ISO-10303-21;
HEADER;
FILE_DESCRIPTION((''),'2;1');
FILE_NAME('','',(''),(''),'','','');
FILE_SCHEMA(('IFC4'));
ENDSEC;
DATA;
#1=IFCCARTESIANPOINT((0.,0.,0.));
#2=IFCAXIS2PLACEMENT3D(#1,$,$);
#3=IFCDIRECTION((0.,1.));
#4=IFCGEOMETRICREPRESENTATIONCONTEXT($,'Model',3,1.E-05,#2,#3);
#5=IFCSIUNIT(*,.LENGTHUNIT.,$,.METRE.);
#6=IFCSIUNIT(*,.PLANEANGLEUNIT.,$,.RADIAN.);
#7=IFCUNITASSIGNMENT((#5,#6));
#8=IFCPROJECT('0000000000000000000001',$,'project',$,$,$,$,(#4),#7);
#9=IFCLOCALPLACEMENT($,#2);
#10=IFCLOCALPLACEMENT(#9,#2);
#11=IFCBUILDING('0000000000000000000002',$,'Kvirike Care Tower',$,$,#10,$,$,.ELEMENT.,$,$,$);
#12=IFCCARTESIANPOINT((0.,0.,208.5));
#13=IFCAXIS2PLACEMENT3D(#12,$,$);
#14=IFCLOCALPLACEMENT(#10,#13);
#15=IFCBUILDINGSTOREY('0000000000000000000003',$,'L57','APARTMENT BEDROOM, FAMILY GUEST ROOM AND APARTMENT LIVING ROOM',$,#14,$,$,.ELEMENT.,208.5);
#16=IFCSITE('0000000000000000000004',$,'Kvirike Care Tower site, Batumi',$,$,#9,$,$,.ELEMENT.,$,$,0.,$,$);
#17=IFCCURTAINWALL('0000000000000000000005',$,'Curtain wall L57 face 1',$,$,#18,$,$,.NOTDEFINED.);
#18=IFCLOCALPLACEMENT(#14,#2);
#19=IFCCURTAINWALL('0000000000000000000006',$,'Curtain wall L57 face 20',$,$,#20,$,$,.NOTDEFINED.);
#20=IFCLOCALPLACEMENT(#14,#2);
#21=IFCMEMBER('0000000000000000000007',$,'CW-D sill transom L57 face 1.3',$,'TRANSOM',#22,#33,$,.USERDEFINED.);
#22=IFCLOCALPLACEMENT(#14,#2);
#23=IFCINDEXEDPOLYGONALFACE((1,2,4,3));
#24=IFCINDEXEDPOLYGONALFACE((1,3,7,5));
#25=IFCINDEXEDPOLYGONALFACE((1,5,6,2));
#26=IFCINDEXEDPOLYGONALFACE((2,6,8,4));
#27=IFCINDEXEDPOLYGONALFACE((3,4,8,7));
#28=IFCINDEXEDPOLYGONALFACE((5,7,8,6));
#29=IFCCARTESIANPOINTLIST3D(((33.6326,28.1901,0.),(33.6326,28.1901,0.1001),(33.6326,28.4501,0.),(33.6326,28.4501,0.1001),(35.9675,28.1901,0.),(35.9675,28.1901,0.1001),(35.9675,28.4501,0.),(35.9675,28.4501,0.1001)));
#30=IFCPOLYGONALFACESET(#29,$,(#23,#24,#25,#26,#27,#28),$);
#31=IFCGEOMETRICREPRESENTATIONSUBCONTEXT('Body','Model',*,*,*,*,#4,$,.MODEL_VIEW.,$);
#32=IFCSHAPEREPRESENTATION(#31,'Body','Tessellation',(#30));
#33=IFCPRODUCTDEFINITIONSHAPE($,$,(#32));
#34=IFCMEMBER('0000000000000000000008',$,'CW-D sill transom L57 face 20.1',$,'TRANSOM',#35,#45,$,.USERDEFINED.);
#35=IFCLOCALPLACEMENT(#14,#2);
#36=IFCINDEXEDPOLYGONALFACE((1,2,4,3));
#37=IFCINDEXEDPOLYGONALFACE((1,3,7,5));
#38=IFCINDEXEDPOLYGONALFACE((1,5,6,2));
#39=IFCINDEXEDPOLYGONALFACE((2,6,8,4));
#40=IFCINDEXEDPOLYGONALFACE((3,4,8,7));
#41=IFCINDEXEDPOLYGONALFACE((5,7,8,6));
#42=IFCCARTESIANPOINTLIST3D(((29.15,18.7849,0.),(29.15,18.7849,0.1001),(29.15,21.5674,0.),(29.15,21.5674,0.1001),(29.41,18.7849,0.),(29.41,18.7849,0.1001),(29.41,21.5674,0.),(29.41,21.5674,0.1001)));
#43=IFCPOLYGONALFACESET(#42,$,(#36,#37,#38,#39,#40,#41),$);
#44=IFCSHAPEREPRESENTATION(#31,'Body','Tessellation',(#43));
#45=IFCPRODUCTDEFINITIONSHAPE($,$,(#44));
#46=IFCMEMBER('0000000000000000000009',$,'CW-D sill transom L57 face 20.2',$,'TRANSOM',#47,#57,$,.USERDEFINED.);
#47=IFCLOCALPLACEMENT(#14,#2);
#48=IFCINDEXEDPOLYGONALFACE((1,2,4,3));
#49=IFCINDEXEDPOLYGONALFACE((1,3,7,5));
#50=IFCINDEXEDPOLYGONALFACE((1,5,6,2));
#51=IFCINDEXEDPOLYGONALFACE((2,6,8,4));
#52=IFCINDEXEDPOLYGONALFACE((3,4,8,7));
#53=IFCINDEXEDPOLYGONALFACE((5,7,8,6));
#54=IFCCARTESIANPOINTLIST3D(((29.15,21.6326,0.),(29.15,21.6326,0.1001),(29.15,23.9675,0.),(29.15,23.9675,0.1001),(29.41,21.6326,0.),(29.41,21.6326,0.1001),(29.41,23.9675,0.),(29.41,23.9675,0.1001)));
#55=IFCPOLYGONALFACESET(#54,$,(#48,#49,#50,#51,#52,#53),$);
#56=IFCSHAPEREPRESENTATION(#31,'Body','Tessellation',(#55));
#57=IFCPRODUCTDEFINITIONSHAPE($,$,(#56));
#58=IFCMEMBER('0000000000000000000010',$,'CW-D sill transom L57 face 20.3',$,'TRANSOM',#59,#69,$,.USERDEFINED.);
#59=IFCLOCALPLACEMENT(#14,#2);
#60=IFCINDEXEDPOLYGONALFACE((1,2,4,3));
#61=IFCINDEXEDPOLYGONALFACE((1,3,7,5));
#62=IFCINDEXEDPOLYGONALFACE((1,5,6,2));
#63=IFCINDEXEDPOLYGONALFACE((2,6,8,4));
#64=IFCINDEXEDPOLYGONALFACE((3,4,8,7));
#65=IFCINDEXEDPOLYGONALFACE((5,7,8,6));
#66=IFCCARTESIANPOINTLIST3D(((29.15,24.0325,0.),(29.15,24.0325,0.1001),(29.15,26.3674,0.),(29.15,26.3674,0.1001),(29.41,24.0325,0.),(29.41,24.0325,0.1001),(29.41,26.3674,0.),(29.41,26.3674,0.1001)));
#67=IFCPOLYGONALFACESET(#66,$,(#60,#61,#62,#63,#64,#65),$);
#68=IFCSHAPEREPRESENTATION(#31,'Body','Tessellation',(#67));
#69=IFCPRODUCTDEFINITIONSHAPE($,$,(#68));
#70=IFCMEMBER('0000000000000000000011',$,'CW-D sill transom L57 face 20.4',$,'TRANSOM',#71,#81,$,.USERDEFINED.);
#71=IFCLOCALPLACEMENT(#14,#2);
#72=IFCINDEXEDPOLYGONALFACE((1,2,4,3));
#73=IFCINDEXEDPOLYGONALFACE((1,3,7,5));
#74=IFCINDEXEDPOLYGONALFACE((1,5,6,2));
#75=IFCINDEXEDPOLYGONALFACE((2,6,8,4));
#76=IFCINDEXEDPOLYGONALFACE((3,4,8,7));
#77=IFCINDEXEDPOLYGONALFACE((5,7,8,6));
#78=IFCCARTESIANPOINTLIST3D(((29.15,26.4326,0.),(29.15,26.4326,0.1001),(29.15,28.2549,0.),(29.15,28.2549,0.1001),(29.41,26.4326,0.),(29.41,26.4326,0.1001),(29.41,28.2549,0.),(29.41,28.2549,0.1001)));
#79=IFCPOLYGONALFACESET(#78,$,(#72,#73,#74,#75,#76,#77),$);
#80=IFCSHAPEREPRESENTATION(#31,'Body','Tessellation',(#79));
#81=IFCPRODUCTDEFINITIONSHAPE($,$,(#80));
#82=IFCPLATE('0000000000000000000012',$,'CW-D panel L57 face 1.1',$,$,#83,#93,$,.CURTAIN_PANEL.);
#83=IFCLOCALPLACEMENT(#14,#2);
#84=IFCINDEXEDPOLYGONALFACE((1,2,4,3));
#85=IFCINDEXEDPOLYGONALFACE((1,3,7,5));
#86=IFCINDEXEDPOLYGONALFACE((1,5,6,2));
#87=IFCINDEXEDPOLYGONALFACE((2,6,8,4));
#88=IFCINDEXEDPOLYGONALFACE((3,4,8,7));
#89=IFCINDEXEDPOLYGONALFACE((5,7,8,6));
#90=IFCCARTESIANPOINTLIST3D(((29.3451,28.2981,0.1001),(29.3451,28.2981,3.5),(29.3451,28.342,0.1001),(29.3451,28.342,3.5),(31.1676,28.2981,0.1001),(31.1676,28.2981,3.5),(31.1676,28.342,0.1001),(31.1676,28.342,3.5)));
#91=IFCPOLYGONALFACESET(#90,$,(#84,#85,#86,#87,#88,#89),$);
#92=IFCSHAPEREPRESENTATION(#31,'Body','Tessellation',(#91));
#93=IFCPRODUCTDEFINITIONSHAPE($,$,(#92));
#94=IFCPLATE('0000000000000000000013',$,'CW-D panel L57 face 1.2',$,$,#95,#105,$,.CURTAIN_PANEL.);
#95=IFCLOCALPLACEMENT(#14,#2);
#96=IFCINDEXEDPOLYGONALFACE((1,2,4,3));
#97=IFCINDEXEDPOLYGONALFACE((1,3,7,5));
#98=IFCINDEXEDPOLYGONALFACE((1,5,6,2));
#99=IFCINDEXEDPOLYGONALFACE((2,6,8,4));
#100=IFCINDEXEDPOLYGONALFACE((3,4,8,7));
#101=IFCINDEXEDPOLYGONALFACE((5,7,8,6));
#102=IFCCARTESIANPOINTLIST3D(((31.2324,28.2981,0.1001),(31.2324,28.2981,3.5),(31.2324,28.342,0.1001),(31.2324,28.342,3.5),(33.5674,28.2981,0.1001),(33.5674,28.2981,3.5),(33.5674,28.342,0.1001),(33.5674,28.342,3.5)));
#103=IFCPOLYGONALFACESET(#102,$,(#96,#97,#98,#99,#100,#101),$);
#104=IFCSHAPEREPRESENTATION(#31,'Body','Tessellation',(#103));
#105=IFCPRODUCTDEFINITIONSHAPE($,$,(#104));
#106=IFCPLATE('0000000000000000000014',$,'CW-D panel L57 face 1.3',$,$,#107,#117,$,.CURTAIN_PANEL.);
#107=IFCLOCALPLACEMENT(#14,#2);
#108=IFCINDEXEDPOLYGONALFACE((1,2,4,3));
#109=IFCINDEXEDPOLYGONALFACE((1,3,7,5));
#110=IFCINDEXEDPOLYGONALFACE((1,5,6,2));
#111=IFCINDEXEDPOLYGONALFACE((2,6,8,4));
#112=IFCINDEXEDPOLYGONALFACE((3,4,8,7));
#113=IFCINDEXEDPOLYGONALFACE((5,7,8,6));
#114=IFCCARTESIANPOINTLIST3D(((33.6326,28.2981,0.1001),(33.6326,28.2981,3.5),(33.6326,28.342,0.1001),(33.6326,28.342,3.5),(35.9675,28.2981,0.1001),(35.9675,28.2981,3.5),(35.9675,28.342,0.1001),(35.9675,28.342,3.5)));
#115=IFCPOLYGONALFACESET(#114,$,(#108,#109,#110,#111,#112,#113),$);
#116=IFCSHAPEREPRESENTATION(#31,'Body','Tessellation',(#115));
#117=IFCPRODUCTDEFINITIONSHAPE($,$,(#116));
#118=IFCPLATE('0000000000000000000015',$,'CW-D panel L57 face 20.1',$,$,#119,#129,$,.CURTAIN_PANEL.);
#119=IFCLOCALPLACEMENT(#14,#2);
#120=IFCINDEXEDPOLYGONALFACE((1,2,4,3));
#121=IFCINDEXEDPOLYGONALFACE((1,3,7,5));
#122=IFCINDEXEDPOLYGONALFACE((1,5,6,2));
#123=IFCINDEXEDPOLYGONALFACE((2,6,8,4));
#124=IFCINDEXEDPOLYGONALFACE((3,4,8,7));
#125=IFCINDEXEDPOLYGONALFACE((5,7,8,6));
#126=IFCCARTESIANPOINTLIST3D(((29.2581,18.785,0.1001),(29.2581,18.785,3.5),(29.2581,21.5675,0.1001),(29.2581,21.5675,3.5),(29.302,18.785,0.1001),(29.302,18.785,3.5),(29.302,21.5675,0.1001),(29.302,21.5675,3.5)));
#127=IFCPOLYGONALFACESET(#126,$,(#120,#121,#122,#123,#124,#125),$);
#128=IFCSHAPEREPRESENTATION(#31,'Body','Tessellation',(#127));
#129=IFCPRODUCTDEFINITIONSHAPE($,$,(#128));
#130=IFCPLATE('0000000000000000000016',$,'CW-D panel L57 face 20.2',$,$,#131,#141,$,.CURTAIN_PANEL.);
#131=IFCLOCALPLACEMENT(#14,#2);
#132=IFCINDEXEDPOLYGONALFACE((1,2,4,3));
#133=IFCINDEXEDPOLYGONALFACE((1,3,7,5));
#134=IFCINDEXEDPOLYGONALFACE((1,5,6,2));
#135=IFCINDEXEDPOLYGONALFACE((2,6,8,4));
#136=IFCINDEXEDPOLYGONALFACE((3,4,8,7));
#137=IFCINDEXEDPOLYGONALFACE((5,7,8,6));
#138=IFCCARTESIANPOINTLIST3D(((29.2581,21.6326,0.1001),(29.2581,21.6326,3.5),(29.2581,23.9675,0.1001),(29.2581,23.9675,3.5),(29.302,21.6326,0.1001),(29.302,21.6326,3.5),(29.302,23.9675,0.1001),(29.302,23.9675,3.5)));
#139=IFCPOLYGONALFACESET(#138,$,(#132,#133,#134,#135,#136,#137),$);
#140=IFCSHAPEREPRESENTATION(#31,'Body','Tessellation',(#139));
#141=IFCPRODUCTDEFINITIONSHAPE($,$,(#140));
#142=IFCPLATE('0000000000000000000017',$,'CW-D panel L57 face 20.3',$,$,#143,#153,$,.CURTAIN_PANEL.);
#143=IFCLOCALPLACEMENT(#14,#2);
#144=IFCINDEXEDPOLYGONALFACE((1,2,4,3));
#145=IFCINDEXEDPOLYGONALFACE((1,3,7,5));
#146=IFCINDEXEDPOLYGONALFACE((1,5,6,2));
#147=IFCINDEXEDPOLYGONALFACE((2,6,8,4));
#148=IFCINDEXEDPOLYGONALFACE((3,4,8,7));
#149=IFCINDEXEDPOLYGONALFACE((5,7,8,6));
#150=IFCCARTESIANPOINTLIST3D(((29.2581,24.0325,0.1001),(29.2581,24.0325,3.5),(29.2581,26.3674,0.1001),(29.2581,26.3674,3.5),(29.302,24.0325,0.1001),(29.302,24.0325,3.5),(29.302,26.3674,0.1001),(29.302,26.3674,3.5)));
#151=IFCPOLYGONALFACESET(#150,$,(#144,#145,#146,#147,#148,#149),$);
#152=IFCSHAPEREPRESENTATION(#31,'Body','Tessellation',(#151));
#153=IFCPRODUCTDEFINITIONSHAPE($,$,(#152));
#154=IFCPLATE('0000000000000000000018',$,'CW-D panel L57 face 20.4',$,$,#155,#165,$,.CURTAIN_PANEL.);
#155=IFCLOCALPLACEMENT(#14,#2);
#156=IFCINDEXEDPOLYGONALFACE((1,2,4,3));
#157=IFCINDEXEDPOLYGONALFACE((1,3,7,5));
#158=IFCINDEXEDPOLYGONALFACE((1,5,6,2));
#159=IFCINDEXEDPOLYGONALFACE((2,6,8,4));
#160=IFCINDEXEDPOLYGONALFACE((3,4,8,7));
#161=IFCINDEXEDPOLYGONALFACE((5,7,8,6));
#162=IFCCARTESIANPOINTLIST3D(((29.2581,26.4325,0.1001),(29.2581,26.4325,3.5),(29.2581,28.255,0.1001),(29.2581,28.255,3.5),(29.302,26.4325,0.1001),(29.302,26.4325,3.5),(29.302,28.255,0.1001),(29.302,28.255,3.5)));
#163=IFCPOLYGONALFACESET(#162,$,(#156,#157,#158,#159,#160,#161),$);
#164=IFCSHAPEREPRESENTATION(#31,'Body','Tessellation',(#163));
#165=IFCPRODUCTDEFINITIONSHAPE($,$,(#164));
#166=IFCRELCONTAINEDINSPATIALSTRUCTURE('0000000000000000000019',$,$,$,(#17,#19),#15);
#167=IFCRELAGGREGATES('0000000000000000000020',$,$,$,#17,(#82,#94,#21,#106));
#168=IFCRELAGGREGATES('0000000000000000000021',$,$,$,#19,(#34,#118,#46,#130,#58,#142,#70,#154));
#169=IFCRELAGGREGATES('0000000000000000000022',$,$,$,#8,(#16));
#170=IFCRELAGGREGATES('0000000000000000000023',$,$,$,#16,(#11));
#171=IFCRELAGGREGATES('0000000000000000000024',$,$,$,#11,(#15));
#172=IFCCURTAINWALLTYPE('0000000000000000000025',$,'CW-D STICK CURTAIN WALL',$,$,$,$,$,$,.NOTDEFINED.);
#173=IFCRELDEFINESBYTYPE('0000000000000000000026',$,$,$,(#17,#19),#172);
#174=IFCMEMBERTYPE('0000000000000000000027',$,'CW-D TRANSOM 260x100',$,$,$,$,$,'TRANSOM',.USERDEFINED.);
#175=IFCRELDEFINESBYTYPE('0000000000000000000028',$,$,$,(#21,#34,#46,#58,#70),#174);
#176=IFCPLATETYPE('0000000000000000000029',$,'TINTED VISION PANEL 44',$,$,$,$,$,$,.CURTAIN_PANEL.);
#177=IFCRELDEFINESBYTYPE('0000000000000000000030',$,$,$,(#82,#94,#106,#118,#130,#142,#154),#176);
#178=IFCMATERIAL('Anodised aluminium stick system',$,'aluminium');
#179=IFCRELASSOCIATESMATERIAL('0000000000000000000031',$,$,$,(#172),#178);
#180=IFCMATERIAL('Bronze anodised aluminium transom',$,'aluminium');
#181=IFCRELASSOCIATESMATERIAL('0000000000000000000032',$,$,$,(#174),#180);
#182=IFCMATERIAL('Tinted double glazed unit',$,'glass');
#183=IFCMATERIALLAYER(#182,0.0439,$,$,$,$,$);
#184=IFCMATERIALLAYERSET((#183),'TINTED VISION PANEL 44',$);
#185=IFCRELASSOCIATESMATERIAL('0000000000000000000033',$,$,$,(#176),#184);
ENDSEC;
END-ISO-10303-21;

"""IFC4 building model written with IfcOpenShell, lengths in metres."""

from ifc_helpers import new_model, si_unit, direction, frame, origin, origin_2d, place, context, subcontext, project, spatial, rectangle, extrude, material, layer, layer_set, material_profile, profile_set, type_object, element, aggregate, save


model = new_model("IFC4")

# Units and contexts
model_context = context("Model", 3, precision=1e-05, world=origin(), true_north=direction((0.0, 1.0)))
body_context = subcontext(model_context, "Body", "Model", "MODEL_VIEW")
ifc_project = project(units=[si_unit("LENGTHUNIT", "METRE"), si_unit("PLANEANGLEUNIT", "RADIAN")], contexts=[model_context])

# Site, building, storey
site_placement = place(None, origin())
site = spatial("IfcSite", under=ifc_project, at=site_placement, Name="Kvirike Care Tower site, Batumi", CompositionType="ELEMENT", RefElevation=0.0)
building_placement = place(site_placement, origin())
building = spatial("IfcBuilding", under=site, at=building_placement, Name="Kvirike Care Tower", CompositionType="ELEMENT")
storey_placement = place(building_placement, frame((0.0, 0.0, 208.5)))
storey = spatial("IfcBuildingStorey", under=building, at=storey_placement, Name="L57", Description="APARTMENT BEDROOM, FAMILY GUEST ROOM AND APARTMENT LIVING ROOM", CompositionType="ELEMENT", Elevation=208.5)

# Curtain walls
ifc_material_1 = material(Name="Anodised aluminium stick system", Category="aluminium")
curtain_wall_type = type_object("IfcCurtainWallType", Name="CW-D STICK CURTAIN WALL", PredefinedType="NOTDEFINED", material=ifc_material_1)
curtain_wall_1_placement = place(storey_placement, origin())
curtain_wall_1 = element("IfcCurtainWall", 1, at=curtain_wall_1_placement, inside=storey, type_object=curtain_wall_type, Name="Curtain wall L57 face 1", PredefinedType="NOTDEFINED")
curtain_wall_2_placement = place(storey_placement, origin())
curtain_wall_2 = element("IfcCurtainWall", 2, at=curtain_wall_2_placement, inside=storey, type_object=curtain_wall_type, Name="Curtain wall L57 face 20", PredefinedType="NOTDEFINED")

# Members
ifc_material_2 = material(Name="Bronze anodised aluminium transom", Category="aluminium")
ifc_material_profile_1 = material_profile(ifc_material_2, rectangle(XDim=0.26, YDim=0.1001, at=origin_2d()), Name="CW-D TRANSOM 260x100")
ifc_profile_set_1 = profile_set([ifc_material_profile_1], Name="Bronze anodised aluminium transom")
member_type_1 = type_object("IfcMemberType", Name="CW-D TRANSOM 260x100", ElementType="TRANSOM", PredefinedType="USERDEFINED", material=ifc_profile_set_1)
member_1_placement = place(storey_placement, frame((33.6326, 28.3201, 0.05), z_axis=(1.0, 0.0, 0.0), x_axis=(0.0, 1.0, 0.0)))
member_1 = element("IfcMember", 3, at=member_1_placement, type_object=member_type_1, Name="CW-D sill transom L57 face 1.3", ObjectType="TRANSOM", PredefinedType="USERDEFINED", context=body_context, shape_type="SweptSolid", body=[
    extrude(rectangle(XDim=0.26, YDim=0.1001, at=origin_2d()), origin(), (0.0, 0.0, 1.0), 2.335),
])
member_2_placement = place(storey_placement, frame((29.28, 18.7849, 0.05), z_axis=(0.0, 1.0, 0.0), x_axis=(-1.0, 0.0, 0.0)))
member_2 = element("IfcMember", 4, at=member_2_placement, type_object=member_type_1, Name="CW-D sill transom L57 face 20.1", ObjectType="TRANSOM", PredefinedType="USERDEFINED", context=body_context, shape_type="SweptSolid", body=[
    extrude(rectangle(XDim=0.26, YDim=0.1001, at=origin_2d()), origin(), (0.0, 0.0, 1.0), 2.7825),
])
member_3_placement = place(storey_placement, frame((29.28, 21.6326, 0.05), z_axis=(0.0, 1.0, 0.0), x_axis=(-1.0, 0.0, 0.0)))
member_3 = element("IfcMember", 5, at=member_3_placement, type_object=member_type_1, Name="CW-D sill transom L57 face 20.2", ObjectType="TRANSOM", PredefinedType="USERDEFINED", context=body_context, shape_type="SweptSolid", body=[
    extrude(rectangle(XDim=0.26, YDim=0.1001, at=origin_2d()), origin(), (0.0, 0.0, 1.0), 2.335),
])
member_4_placement = place(storey_placement, frame((29.28, 24.0325, 0.05), z_axis=(0.0, 1.0, 0.0), x_axis=(-1.0, 0.0, 0.0)))
member_4 = element("IfcMember", 6, at=member_4_placement, type_object=member_type_1, Name="CW-D sill transom L57 face 20.3", ObjectType="TRANSOM", PredefinedType="USERDEFINED", context=body_context, shape_type="SweptSolid", body=[
    extrude(rectangle(XDim=0.26, YDim=0.1001, at=origin_2d()), origin(), (0.0, 0.0, 1.0), 2.335),
])
member_5_placement = place(storey_placement, frame((29.28, 26.4326, 0.05), z_axis=(0.0, 1.0, 0.0), x_axis=(-1.0, 0.0, 0.0)))
member_5 = element("IfcMember", 7, at=member_5_placement, type_object=member_type_1, Name="CW-D sill transom L57 face 20.4", ObjectType="TRANSOM", PredefinedType="USERDEFINED", context=body_context, shape_type="SweptSolid", body=[
    extrude(rectangle(XDim=0.26, YDim=0.1001, at=origin_2d()), origin(), (0.0, 0.0, 1.0), 1.8223),
])

# Plates
ifc_material_3 = material(Name="Tinted double glazed unit", Category="glass")
ifc_layer = layer(ifc_material_3, 0.0439)
ifc_layer_set = layer_set([ifc_layer], Name="TINTED VISION PANEL 44")
plate_type = type_object("IfcPlateType", Name="TINTED VISION PANEL 44", PredefinedType="CURTAIN_PANEL", material=ifc_layer_set)
plate_1_placement = place(storey_placement, frame((30.2563, 28.3201, 0.1001), z_axis=(0.0, 0.0, 1.0), x_axis=(1.0, 0.0, 0.0)))
plate_1 = element("IfcPlate", 8, at=plate_1_placement, type_object=plate_type, Name="CW-D panel L57 face 1.1", PredefinedType="CURTAIN_PANEL", context=body_context, shape_type="SweptSolid", body=[
    extrude(rectangle(XDim=1.8225, YDim=0.0439, at=origin_2d()), origin(), (0.0, 0.0, 1.0), 3.3999),
])
plate_2_placement = place(storey_placement, frame((32.3999, 28.3201, 0.1001), z_axis=(0.0, 0.0, 1.0), x_axis=(1.0, 0.0, 0.0)))
plate_2 = element("IfcPlate", 9, at=plate_2_placement, type_object=plate_type, Name="CW-D panel L57 face 1.2", PredefinedType="CURTAIN_PANEL", context=body_context, shape_type="SweptSolid", body=[
    extrude(rectangle(XDim=2.335, YDim=0.0439, at=origin_2d()), origin(), (0.0, 0.0, 1.0), 3.3999),
])
plate_3_placement = place(storey_placement, frame((34.8, 28.3201, 0.1001), z_axis=(0.0, 0.0, 1.0), x_axis=(1.0, 0.0, 0.0)))
plate_3 = element("IfcPlate", 10, at=plate_3_placement, type_object=plate_type, Name="CW-D panel L57 face 1.3", PredefinedType="CURTAIN_PANEL", context=body_context, shape_type="SweptSolid", body=[
    extrude(rectangle(XDim=2.335, YDim=0.0439, at=origin_2d()), origin(), (0.0, 0.0, 1.0), 3.3999),
])
aggregate(curtain_wall_1, [plate_1, plate_2, member_1, plate_3])
plate_4_placement = place(storey_placement, frame((29.28, 20.1763, 0.1001), z_axis=(0.0, 0.0, 1.0), x_axis=(0.0, 1.0, 0.0)))
plate_4 = element("IfcPlate", 11, at=plate_4_placement, type_object=plate_type, Name="CW-D panel L57 face 20.1", PredefinedType="CURTAIN_PANEL", context=body_context, shape_type="SweptSolid", body=[
    extrude(rectangle(XDim=2.7825, YDim=0.0439, at=origin_2d()), origin(), (0.0, 0.0, 1.0), 3.3999),
])
plate_5_placement = place(storey_placement, frame((29.28, 22.8, 0.1001), z_axis=(0.0, 0.0, 1.0), x_axis=(0.0, 1.0, 0.0)))
plate_5 = element("IfcPlate", 12, at=plate_5_placement, type_object=plate_type, Name="CW-D panel L57 face 20.2", PredefinedType="CURTAIN_PANEL", context=body_context, shape_type="SweptSolid", body=[
    extrude(rectangle(XDim=2.335, YDim=0.0439, at=origin_2d()), origin(), (0.0, 0.0, 1.0), 3.3999),
])
plate_6_placement = place(storey_placement, frame((29.28, 25.2, 0.1001), z_axis=(0.0, 0.0, 1.0), x_axis=(0.0, 1.0, 0.0)))
plate_6 = element("IfcPlate", 13, at=plate_6_placement, type_object=plate_type, Name="CW-D panel L57 face 20.3", PredefinedType="CURTAIN_PANEL", context=body_context, shape_type="SweptSolid", body=[
    extrude(rectangle(XDim=2.335, YDim=0.0439, at=origin_2d()), origin(), (0.0, 0.0, 1.0), 3.3999),
])
plate_7_placement = place(storey_placement, frame((29.28, 27.3438, 0.1001), z_axis=(0.0, 0.0, 1.0), x_axis=(0.0, 1.0, 0.0)))
plate_7 = element("IfcPlate", 14, at=plate_7_placement, type_object=plate_type, Name="CW-D panel L57 face 20.4", PredefinedType="CURTAIN_PANEL", context=body_context, shape_type="SweptSolid", body=[
    extrude(rectangle(XDim=1.8225, YDim=0.0439, at=origin_2d()), origin(), (0.0, 0.0, 1.0), 3.3999),
])
aggregate(curtain_wall_2, [member_2, plate_4, member_3, plate_5, member_4, plate_6, member_5, plate_7])

save(model, "model.ifc")
